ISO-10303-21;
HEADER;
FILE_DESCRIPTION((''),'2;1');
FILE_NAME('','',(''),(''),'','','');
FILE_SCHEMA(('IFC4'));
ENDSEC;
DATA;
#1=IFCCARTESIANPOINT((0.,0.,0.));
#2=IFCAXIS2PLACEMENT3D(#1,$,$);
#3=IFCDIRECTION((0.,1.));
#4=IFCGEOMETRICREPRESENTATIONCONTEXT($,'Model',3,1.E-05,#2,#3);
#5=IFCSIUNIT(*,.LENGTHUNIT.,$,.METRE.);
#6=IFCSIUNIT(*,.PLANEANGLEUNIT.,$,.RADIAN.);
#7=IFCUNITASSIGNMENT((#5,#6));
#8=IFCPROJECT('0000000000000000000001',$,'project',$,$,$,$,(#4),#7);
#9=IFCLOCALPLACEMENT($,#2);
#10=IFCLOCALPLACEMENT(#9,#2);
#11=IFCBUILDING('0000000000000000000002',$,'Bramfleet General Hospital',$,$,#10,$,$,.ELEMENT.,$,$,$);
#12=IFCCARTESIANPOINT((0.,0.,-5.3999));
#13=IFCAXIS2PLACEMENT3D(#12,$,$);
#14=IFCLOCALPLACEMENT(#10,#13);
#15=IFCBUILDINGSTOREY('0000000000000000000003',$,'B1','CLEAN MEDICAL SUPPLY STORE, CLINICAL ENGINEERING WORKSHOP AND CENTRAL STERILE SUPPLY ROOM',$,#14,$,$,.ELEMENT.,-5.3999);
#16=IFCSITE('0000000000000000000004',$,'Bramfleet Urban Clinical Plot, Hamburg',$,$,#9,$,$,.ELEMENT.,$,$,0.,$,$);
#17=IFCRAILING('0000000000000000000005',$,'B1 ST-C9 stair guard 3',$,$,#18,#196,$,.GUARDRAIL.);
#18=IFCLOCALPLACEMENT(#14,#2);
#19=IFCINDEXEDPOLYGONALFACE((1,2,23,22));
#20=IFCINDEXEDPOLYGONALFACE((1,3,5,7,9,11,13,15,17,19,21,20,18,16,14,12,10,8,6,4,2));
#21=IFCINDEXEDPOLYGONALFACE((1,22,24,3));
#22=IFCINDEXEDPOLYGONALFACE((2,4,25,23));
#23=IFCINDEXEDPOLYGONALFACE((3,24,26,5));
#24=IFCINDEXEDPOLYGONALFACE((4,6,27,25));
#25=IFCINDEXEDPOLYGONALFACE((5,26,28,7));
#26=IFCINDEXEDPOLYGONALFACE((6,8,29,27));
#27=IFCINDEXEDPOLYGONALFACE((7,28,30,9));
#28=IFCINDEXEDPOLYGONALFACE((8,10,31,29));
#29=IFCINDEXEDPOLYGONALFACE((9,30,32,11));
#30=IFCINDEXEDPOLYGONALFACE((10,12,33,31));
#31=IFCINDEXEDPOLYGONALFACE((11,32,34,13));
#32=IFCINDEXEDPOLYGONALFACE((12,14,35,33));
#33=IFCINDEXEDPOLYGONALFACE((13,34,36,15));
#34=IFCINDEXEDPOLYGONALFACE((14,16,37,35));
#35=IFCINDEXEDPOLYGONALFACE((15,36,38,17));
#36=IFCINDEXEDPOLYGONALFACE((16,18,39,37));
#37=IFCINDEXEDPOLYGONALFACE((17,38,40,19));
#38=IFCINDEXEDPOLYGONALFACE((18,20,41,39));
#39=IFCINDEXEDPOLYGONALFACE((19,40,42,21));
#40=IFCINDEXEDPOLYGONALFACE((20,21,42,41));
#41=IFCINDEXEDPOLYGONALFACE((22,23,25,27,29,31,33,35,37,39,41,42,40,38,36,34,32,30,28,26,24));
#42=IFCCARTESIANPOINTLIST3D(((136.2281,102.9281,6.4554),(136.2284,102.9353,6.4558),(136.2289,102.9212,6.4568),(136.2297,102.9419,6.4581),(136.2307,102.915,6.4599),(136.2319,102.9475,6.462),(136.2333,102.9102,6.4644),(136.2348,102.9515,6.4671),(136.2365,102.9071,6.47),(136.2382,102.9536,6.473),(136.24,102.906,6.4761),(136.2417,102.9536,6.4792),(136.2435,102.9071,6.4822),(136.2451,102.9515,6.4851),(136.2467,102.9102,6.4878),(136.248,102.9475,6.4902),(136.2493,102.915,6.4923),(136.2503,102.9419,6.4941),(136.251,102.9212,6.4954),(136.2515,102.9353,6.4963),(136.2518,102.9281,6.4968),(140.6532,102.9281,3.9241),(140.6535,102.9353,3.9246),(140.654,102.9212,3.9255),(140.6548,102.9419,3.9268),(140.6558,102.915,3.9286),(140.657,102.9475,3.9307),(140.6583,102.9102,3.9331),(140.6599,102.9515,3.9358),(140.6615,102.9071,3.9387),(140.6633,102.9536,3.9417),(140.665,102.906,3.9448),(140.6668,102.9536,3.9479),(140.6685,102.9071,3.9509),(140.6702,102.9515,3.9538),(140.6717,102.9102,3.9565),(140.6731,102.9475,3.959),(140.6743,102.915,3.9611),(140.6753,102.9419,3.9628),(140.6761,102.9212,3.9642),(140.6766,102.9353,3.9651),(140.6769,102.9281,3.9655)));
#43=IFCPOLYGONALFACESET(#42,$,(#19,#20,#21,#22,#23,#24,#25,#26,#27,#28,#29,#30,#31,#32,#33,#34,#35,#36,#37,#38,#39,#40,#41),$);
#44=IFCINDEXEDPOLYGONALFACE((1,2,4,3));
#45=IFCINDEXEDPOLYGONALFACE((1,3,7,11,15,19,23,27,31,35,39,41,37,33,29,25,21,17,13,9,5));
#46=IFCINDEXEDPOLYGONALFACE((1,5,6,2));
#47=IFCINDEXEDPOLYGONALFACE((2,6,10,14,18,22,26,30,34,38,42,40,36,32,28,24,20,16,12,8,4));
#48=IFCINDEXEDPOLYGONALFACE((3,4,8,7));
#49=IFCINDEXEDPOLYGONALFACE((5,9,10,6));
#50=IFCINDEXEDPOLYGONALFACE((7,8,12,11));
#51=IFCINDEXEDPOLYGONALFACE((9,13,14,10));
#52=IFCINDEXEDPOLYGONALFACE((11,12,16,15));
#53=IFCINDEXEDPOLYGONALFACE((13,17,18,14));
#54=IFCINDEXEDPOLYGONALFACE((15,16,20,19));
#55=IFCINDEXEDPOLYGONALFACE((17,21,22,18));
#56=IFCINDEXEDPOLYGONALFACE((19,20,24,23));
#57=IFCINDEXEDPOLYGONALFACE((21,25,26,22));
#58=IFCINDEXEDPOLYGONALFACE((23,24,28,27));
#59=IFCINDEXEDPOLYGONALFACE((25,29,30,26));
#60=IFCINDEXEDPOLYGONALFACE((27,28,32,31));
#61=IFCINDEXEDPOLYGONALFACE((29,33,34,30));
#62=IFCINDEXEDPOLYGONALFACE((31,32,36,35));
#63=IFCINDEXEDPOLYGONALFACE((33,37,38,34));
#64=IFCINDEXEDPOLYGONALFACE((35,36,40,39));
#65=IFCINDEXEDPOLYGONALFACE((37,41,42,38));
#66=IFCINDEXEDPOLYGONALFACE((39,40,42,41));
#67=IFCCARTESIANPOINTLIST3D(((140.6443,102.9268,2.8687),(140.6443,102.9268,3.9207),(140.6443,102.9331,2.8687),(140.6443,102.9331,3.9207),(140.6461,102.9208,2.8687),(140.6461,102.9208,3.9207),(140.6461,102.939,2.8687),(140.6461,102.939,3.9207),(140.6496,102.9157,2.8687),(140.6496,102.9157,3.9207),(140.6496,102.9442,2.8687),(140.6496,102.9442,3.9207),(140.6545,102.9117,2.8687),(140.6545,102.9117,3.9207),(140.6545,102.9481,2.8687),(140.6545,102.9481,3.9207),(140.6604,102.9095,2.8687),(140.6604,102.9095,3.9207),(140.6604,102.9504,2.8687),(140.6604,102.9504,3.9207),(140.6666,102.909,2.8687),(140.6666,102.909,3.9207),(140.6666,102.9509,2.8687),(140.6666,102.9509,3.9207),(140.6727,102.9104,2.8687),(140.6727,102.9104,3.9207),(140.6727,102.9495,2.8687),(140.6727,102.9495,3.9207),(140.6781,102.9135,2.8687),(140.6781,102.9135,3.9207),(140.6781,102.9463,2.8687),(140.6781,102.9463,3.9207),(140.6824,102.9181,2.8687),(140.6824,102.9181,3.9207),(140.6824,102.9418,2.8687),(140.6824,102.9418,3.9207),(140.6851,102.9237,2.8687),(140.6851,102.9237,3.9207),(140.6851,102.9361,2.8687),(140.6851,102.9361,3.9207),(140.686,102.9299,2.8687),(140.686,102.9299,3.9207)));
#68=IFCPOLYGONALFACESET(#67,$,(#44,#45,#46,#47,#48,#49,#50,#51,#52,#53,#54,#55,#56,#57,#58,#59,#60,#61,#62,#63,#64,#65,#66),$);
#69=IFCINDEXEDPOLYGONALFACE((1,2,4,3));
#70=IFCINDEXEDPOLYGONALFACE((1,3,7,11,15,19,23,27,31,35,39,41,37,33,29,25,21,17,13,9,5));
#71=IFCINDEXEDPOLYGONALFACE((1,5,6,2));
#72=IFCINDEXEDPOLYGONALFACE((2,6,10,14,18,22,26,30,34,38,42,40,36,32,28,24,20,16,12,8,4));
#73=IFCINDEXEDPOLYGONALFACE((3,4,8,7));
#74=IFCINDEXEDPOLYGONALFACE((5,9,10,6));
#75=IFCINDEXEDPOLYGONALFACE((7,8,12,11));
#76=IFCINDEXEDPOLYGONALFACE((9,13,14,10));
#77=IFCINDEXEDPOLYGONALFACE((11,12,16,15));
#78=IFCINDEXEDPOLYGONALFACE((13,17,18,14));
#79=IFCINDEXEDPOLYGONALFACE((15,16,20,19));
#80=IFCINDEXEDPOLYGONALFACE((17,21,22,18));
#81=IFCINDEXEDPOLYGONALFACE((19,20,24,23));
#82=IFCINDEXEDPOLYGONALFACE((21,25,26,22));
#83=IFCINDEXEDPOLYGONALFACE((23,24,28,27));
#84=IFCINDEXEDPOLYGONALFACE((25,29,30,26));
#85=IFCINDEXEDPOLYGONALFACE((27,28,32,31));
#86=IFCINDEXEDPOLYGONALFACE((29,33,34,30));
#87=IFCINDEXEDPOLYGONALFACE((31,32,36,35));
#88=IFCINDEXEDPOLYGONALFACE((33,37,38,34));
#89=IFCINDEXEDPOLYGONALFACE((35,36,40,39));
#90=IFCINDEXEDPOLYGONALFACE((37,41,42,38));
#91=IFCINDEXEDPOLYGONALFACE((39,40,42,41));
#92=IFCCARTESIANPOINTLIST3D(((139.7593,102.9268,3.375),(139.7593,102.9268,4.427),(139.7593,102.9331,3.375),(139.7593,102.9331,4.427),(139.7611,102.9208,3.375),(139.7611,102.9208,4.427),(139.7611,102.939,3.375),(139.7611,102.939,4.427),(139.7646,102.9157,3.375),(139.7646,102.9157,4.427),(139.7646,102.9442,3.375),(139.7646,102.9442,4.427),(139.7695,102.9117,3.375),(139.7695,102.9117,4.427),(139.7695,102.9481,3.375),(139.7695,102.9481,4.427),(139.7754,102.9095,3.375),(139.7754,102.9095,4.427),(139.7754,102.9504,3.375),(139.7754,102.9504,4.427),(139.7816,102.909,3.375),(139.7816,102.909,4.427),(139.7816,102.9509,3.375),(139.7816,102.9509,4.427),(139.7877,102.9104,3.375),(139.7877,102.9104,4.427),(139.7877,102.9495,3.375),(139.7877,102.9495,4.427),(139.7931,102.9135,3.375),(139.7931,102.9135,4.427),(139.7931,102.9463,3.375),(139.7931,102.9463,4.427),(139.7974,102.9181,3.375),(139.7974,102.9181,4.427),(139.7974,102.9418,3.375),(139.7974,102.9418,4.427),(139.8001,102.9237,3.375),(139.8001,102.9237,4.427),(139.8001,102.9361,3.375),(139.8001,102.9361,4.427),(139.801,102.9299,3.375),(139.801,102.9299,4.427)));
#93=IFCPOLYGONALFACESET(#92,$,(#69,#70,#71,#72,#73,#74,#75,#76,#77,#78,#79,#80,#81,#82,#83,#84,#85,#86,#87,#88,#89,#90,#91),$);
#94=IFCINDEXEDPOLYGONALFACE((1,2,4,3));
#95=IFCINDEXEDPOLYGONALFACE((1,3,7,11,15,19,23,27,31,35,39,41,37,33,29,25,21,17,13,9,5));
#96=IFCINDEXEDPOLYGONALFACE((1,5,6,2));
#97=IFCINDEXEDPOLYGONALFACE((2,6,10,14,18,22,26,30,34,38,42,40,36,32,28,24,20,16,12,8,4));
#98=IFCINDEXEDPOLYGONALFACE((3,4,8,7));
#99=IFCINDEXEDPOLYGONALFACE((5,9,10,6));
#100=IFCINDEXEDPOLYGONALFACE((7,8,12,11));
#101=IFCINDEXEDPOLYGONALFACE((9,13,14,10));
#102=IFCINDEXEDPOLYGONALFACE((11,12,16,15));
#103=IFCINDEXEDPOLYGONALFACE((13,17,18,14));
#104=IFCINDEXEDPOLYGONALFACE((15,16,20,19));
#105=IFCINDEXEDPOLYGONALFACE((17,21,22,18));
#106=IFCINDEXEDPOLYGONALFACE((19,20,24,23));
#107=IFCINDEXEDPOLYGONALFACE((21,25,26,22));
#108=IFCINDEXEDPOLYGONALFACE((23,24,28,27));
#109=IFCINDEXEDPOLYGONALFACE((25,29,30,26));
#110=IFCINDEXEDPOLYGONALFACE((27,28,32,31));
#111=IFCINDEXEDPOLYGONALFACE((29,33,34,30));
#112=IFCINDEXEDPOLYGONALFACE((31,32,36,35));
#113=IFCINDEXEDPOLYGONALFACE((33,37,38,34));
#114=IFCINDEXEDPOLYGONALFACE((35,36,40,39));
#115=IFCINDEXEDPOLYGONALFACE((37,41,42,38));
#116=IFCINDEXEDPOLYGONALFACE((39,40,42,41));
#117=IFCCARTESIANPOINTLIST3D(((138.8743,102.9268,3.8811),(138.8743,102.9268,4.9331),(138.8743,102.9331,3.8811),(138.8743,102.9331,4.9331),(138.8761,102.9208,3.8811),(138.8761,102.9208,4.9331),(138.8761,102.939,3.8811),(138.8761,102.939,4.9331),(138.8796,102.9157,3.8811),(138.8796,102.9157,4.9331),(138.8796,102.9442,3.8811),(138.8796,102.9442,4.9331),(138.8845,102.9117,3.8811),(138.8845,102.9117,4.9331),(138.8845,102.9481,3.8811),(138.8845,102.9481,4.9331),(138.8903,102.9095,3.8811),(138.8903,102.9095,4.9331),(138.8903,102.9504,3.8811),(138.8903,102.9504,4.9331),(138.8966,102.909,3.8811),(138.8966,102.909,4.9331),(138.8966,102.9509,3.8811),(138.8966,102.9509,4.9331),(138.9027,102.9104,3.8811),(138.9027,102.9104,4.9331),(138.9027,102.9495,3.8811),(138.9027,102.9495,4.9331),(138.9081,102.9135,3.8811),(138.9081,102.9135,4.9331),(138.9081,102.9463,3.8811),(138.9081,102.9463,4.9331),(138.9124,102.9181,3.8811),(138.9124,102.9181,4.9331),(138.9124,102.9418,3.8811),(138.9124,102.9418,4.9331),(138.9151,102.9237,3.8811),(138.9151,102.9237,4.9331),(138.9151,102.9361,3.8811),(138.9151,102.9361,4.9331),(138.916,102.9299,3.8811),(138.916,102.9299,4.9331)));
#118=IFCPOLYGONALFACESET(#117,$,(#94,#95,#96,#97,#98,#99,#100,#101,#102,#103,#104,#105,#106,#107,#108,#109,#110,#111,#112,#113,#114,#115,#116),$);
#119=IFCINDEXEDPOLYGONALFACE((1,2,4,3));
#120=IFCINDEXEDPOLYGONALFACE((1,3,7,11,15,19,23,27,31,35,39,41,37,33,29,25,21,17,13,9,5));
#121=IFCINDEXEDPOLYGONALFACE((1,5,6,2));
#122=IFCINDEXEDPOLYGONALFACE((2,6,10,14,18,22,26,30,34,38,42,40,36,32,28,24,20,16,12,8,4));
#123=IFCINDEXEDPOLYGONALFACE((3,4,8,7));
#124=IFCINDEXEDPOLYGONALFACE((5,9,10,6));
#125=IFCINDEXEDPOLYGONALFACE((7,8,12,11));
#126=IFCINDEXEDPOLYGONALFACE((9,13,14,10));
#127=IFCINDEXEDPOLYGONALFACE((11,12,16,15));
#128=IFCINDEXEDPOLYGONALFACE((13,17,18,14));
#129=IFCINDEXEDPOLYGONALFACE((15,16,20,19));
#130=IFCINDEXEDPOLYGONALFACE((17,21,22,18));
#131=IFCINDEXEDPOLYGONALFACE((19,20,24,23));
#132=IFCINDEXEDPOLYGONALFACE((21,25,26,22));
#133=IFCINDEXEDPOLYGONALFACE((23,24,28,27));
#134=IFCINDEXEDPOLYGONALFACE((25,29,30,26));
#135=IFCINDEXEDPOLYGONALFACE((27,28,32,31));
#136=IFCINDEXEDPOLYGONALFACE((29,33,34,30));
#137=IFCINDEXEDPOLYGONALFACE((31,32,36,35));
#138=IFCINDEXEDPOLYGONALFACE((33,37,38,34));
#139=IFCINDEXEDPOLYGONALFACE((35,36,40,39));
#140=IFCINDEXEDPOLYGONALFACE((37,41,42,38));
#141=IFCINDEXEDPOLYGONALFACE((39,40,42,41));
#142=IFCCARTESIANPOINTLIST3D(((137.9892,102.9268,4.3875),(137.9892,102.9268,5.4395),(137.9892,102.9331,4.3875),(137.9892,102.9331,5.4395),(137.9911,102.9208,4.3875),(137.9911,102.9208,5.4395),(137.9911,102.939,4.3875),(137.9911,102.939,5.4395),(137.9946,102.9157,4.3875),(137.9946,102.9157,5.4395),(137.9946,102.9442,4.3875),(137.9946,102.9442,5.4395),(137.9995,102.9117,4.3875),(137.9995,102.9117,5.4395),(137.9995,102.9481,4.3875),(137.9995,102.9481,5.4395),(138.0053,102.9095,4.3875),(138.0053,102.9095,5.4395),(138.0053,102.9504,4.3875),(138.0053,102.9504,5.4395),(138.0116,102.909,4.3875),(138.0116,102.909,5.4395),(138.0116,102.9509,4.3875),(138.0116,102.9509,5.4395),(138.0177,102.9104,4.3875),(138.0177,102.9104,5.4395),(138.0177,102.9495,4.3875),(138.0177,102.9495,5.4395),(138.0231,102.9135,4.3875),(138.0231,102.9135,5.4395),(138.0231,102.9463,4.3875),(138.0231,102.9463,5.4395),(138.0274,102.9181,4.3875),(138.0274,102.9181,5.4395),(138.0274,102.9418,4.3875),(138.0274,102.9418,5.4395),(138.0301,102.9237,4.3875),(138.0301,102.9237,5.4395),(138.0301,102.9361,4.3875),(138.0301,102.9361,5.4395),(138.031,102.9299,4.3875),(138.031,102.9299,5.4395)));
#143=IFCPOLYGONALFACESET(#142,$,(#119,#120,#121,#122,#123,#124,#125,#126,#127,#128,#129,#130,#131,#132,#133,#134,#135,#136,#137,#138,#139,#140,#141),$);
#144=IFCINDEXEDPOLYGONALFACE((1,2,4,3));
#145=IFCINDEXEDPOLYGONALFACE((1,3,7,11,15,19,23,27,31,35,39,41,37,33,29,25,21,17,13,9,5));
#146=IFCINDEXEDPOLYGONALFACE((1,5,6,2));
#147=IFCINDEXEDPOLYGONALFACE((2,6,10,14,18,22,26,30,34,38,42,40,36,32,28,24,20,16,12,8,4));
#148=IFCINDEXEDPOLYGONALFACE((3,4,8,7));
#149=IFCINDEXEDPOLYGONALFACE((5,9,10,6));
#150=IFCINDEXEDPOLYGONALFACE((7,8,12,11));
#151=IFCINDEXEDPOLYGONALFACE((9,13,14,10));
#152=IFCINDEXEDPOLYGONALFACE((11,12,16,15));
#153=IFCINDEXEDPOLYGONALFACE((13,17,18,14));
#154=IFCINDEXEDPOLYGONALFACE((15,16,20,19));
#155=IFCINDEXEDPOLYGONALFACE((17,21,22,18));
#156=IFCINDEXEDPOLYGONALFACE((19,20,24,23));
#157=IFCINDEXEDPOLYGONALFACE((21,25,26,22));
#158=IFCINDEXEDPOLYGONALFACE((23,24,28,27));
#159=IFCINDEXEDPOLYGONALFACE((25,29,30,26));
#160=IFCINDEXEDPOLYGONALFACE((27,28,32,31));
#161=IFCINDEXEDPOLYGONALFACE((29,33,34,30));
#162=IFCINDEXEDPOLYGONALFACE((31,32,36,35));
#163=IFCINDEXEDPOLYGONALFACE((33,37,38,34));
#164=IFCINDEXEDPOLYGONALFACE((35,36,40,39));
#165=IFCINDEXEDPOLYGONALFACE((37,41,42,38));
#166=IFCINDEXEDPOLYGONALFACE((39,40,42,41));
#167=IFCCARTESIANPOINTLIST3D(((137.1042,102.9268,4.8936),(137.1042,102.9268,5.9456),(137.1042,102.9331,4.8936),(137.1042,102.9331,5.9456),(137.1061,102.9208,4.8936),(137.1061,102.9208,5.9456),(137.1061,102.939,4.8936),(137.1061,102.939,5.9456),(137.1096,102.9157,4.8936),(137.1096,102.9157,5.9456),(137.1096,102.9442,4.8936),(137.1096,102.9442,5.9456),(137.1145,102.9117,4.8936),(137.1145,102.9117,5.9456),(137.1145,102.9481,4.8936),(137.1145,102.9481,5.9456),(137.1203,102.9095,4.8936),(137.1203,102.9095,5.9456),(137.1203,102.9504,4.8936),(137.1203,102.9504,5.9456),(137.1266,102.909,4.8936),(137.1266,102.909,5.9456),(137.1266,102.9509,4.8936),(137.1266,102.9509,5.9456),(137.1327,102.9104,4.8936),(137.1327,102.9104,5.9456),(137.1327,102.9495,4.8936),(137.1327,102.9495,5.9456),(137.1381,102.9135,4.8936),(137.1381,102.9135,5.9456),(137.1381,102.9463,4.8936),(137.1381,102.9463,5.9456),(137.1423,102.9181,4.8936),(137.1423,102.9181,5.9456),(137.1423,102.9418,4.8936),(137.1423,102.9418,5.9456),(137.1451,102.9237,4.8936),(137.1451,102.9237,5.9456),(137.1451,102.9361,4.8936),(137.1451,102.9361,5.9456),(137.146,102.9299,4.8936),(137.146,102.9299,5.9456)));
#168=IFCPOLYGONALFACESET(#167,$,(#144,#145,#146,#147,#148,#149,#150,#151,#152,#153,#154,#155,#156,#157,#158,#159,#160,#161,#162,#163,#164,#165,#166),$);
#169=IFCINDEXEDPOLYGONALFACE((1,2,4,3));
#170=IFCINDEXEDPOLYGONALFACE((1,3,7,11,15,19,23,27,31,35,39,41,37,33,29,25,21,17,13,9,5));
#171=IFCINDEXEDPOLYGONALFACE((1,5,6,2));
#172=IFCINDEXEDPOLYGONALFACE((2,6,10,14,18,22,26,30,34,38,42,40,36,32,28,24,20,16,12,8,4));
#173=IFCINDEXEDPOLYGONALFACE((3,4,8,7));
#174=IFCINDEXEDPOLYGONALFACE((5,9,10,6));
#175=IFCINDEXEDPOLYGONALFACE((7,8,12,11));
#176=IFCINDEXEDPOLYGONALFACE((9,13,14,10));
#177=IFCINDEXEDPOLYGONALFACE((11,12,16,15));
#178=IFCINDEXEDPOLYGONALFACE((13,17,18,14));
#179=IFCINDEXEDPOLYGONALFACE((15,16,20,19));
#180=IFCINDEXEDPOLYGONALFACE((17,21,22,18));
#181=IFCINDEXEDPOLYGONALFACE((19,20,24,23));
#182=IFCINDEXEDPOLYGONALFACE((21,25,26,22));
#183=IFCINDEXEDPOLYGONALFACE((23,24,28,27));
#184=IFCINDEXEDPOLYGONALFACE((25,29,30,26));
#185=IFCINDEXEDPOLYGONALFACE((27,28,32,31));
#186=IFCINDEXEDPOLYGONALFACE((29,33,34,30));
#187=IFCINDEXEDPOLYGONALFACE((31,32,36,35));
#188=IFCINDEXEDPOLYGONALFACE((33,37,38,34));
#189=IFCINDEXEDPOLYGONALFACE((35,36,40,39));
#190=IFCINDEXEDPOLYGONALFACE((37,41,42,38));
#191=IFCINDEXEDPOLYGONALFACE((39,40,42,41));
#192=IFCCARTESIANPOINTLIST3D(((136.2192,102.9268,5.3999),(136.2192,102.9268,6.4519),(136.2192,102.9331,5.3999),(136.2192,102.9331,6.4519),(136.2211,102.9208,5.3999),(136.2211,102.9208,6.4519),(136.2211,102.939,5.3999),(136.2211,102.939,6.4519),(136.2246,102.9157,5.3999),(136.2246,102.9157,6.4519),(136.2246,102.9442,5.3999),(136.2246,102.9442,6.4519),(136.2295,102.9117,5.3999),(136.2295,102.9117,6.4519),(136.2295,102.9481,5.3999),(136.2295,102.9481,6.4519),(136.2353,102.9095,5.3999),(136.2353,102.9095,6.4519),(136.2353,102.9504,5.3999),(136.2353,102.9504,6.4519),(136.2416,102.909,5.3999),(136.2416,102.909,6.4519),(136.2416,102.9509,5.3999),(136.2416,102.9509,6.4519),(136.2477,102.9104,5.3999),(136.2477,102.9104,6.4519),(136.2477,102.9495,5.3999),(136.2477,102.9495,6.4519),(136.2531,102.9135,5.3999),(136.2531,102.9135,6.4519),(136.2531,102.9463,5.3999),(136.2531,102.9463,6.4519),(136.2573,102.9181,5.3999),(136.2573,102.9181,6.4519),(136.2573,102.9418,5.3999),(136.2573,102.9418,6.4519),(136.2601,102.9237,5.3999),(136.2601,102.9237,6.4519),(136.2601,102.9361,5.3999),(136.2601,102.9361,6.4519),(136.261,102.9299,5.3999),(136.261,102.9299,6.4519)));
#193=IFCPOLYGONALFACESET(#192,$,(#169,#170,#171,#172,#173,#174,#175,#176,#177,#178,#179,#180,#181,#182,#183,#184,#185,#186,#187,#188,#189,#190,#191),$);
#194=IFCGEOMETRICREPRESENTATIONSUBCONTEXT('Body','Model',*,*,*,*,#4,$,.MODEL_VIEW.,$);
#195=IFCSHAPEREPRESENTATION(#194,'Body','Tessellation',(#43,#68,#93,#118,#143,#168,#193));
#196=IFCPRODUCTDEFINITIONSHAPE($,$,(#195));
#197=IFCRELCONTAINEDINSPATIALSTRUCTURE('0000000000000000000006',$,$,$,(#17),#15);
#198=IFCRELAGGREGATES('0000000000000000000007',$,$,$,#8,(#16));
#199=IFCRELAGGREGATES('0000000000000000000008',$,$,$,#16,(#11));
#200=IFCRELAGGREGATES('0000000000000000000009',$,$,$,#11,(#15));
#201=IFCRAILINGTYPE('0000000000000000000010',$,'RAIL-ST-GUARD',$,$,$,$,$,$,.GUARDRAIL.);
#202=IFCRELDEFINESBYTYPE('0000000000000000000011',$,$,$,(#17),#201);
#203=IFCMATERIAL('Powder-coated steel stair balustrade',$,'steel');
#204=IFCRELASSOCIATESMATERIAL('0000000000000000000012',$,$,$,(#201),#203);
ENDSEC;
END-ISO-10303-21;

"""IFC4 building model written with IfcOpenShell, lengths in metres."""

from ifc_helpers import new_model, si_unit, direction, frame, origin, origin_2d, place, context, subcontext, project, spatial, circle, extrude, material, type_object, element, save


model = new_model("IFC4")

# Units and contexts
model_context = context("Model", 3, precision=1e-05, world=origin(), true_north=direction((0.0, 1.0)))
body_context = subcontext(model_context, "Body", "Model", "MODEL_VIEW")
ifc_project = project(units=[si_unit("LENGTHUNIT", "METRE"), si_unit("PLANEANGLEUNIT", "RADIAN")], contexts=[model_context])

# Site, building, storey
site_placement = place(None, origin())
site = spatial("IfcSite", under=ifc_project, at=site_placement, Name="Bramfleet Urban Clinical Plot, Hamburg", CompositionType="ELEMENT", RefElevation=0.0)
building_placement = place(site_placement, origin())
building = spatial("IfcBuilding", under=site, at=building_placement, Name="Bramfleet General Hospital", CompositionType="ELEMENT")
storey_placement = place(building_placement, frame((0.0, 0.0, -5.3999)))
storey = spatial("IfcBuildingStorey", under=building, at=storey_placement, Name="B1", Description="CLEAN MEDICAL SUPPLY STORE, CLINICAL ENGINEERING WORKSHOP AND CENTRAL STERILE SUPPLY ROOM", CompositionType="ELEMENT", Elevation=-5.3999)

# Railing
ifc_material_1 = material(Name="Powder-coated steel stair balustrade", Category="steel")
railing_type_1 = type_object("IfcRailingType", Name="RAIL-ST-GUARD", PredefinedType="GUARDRAIL", material=ifc_material_1)
railing_1_placement = place(storey_placement, frame((140.665, 102.9299, 2.8687)))
element("IfcRailing", 1, at=railing_1_placement, inside=storey, type_object=railing_type_1, Name="B1 ST-C9 stair guard 3", PredefinedType="GUARDRAIL", context=body_context, shape_type="SweptSolid", body=[
    extrude(circle(Radius=0.0239, at=origin_2d()), frame((0.0, 0.0, 1.0762), z_axis=(-0.868019, 0.0, 0.496531), x_axis=(0.0, -1.0, 0.0)), (0.0, 0.0, 1.0), 5.0979),
    extrude(circle(Radius=0.021, at=origin_2d()), origin(), (0.0, 0.0, 1.0), 1.052),
    extrude(circle(Radius=0.021, at=origin_2d()), frame((-0.885, 0.0, 0.5063)), (0.0, 0.0, 1.0), 1.052),
    extrude(circle(Radius=0.021, at=origin_2d()), frame((-1.77, 0.0, 1.0125)), (0.0, 0.0, 1.0), 1.052),
    extrude(circle(Radius=0.021, at=origin_2d()), frame((-2.655, 0.0, 1.5188)), (0.0, 0.0, 1.0), 1.052),
    extrude(circle(Radius=0.021, at=origin_2d()), frame((-3.54, 0.0, 2.0249)), (0.0, 0.0, 1.0), 1.052),
    extrude(circle(Radius=0.021, at=origin_2d()), frame((-4.425, 0.0, 2.5312)), (0.0, 0.0, 1.0), 1.052),
])

save(model, "model.ifc")
